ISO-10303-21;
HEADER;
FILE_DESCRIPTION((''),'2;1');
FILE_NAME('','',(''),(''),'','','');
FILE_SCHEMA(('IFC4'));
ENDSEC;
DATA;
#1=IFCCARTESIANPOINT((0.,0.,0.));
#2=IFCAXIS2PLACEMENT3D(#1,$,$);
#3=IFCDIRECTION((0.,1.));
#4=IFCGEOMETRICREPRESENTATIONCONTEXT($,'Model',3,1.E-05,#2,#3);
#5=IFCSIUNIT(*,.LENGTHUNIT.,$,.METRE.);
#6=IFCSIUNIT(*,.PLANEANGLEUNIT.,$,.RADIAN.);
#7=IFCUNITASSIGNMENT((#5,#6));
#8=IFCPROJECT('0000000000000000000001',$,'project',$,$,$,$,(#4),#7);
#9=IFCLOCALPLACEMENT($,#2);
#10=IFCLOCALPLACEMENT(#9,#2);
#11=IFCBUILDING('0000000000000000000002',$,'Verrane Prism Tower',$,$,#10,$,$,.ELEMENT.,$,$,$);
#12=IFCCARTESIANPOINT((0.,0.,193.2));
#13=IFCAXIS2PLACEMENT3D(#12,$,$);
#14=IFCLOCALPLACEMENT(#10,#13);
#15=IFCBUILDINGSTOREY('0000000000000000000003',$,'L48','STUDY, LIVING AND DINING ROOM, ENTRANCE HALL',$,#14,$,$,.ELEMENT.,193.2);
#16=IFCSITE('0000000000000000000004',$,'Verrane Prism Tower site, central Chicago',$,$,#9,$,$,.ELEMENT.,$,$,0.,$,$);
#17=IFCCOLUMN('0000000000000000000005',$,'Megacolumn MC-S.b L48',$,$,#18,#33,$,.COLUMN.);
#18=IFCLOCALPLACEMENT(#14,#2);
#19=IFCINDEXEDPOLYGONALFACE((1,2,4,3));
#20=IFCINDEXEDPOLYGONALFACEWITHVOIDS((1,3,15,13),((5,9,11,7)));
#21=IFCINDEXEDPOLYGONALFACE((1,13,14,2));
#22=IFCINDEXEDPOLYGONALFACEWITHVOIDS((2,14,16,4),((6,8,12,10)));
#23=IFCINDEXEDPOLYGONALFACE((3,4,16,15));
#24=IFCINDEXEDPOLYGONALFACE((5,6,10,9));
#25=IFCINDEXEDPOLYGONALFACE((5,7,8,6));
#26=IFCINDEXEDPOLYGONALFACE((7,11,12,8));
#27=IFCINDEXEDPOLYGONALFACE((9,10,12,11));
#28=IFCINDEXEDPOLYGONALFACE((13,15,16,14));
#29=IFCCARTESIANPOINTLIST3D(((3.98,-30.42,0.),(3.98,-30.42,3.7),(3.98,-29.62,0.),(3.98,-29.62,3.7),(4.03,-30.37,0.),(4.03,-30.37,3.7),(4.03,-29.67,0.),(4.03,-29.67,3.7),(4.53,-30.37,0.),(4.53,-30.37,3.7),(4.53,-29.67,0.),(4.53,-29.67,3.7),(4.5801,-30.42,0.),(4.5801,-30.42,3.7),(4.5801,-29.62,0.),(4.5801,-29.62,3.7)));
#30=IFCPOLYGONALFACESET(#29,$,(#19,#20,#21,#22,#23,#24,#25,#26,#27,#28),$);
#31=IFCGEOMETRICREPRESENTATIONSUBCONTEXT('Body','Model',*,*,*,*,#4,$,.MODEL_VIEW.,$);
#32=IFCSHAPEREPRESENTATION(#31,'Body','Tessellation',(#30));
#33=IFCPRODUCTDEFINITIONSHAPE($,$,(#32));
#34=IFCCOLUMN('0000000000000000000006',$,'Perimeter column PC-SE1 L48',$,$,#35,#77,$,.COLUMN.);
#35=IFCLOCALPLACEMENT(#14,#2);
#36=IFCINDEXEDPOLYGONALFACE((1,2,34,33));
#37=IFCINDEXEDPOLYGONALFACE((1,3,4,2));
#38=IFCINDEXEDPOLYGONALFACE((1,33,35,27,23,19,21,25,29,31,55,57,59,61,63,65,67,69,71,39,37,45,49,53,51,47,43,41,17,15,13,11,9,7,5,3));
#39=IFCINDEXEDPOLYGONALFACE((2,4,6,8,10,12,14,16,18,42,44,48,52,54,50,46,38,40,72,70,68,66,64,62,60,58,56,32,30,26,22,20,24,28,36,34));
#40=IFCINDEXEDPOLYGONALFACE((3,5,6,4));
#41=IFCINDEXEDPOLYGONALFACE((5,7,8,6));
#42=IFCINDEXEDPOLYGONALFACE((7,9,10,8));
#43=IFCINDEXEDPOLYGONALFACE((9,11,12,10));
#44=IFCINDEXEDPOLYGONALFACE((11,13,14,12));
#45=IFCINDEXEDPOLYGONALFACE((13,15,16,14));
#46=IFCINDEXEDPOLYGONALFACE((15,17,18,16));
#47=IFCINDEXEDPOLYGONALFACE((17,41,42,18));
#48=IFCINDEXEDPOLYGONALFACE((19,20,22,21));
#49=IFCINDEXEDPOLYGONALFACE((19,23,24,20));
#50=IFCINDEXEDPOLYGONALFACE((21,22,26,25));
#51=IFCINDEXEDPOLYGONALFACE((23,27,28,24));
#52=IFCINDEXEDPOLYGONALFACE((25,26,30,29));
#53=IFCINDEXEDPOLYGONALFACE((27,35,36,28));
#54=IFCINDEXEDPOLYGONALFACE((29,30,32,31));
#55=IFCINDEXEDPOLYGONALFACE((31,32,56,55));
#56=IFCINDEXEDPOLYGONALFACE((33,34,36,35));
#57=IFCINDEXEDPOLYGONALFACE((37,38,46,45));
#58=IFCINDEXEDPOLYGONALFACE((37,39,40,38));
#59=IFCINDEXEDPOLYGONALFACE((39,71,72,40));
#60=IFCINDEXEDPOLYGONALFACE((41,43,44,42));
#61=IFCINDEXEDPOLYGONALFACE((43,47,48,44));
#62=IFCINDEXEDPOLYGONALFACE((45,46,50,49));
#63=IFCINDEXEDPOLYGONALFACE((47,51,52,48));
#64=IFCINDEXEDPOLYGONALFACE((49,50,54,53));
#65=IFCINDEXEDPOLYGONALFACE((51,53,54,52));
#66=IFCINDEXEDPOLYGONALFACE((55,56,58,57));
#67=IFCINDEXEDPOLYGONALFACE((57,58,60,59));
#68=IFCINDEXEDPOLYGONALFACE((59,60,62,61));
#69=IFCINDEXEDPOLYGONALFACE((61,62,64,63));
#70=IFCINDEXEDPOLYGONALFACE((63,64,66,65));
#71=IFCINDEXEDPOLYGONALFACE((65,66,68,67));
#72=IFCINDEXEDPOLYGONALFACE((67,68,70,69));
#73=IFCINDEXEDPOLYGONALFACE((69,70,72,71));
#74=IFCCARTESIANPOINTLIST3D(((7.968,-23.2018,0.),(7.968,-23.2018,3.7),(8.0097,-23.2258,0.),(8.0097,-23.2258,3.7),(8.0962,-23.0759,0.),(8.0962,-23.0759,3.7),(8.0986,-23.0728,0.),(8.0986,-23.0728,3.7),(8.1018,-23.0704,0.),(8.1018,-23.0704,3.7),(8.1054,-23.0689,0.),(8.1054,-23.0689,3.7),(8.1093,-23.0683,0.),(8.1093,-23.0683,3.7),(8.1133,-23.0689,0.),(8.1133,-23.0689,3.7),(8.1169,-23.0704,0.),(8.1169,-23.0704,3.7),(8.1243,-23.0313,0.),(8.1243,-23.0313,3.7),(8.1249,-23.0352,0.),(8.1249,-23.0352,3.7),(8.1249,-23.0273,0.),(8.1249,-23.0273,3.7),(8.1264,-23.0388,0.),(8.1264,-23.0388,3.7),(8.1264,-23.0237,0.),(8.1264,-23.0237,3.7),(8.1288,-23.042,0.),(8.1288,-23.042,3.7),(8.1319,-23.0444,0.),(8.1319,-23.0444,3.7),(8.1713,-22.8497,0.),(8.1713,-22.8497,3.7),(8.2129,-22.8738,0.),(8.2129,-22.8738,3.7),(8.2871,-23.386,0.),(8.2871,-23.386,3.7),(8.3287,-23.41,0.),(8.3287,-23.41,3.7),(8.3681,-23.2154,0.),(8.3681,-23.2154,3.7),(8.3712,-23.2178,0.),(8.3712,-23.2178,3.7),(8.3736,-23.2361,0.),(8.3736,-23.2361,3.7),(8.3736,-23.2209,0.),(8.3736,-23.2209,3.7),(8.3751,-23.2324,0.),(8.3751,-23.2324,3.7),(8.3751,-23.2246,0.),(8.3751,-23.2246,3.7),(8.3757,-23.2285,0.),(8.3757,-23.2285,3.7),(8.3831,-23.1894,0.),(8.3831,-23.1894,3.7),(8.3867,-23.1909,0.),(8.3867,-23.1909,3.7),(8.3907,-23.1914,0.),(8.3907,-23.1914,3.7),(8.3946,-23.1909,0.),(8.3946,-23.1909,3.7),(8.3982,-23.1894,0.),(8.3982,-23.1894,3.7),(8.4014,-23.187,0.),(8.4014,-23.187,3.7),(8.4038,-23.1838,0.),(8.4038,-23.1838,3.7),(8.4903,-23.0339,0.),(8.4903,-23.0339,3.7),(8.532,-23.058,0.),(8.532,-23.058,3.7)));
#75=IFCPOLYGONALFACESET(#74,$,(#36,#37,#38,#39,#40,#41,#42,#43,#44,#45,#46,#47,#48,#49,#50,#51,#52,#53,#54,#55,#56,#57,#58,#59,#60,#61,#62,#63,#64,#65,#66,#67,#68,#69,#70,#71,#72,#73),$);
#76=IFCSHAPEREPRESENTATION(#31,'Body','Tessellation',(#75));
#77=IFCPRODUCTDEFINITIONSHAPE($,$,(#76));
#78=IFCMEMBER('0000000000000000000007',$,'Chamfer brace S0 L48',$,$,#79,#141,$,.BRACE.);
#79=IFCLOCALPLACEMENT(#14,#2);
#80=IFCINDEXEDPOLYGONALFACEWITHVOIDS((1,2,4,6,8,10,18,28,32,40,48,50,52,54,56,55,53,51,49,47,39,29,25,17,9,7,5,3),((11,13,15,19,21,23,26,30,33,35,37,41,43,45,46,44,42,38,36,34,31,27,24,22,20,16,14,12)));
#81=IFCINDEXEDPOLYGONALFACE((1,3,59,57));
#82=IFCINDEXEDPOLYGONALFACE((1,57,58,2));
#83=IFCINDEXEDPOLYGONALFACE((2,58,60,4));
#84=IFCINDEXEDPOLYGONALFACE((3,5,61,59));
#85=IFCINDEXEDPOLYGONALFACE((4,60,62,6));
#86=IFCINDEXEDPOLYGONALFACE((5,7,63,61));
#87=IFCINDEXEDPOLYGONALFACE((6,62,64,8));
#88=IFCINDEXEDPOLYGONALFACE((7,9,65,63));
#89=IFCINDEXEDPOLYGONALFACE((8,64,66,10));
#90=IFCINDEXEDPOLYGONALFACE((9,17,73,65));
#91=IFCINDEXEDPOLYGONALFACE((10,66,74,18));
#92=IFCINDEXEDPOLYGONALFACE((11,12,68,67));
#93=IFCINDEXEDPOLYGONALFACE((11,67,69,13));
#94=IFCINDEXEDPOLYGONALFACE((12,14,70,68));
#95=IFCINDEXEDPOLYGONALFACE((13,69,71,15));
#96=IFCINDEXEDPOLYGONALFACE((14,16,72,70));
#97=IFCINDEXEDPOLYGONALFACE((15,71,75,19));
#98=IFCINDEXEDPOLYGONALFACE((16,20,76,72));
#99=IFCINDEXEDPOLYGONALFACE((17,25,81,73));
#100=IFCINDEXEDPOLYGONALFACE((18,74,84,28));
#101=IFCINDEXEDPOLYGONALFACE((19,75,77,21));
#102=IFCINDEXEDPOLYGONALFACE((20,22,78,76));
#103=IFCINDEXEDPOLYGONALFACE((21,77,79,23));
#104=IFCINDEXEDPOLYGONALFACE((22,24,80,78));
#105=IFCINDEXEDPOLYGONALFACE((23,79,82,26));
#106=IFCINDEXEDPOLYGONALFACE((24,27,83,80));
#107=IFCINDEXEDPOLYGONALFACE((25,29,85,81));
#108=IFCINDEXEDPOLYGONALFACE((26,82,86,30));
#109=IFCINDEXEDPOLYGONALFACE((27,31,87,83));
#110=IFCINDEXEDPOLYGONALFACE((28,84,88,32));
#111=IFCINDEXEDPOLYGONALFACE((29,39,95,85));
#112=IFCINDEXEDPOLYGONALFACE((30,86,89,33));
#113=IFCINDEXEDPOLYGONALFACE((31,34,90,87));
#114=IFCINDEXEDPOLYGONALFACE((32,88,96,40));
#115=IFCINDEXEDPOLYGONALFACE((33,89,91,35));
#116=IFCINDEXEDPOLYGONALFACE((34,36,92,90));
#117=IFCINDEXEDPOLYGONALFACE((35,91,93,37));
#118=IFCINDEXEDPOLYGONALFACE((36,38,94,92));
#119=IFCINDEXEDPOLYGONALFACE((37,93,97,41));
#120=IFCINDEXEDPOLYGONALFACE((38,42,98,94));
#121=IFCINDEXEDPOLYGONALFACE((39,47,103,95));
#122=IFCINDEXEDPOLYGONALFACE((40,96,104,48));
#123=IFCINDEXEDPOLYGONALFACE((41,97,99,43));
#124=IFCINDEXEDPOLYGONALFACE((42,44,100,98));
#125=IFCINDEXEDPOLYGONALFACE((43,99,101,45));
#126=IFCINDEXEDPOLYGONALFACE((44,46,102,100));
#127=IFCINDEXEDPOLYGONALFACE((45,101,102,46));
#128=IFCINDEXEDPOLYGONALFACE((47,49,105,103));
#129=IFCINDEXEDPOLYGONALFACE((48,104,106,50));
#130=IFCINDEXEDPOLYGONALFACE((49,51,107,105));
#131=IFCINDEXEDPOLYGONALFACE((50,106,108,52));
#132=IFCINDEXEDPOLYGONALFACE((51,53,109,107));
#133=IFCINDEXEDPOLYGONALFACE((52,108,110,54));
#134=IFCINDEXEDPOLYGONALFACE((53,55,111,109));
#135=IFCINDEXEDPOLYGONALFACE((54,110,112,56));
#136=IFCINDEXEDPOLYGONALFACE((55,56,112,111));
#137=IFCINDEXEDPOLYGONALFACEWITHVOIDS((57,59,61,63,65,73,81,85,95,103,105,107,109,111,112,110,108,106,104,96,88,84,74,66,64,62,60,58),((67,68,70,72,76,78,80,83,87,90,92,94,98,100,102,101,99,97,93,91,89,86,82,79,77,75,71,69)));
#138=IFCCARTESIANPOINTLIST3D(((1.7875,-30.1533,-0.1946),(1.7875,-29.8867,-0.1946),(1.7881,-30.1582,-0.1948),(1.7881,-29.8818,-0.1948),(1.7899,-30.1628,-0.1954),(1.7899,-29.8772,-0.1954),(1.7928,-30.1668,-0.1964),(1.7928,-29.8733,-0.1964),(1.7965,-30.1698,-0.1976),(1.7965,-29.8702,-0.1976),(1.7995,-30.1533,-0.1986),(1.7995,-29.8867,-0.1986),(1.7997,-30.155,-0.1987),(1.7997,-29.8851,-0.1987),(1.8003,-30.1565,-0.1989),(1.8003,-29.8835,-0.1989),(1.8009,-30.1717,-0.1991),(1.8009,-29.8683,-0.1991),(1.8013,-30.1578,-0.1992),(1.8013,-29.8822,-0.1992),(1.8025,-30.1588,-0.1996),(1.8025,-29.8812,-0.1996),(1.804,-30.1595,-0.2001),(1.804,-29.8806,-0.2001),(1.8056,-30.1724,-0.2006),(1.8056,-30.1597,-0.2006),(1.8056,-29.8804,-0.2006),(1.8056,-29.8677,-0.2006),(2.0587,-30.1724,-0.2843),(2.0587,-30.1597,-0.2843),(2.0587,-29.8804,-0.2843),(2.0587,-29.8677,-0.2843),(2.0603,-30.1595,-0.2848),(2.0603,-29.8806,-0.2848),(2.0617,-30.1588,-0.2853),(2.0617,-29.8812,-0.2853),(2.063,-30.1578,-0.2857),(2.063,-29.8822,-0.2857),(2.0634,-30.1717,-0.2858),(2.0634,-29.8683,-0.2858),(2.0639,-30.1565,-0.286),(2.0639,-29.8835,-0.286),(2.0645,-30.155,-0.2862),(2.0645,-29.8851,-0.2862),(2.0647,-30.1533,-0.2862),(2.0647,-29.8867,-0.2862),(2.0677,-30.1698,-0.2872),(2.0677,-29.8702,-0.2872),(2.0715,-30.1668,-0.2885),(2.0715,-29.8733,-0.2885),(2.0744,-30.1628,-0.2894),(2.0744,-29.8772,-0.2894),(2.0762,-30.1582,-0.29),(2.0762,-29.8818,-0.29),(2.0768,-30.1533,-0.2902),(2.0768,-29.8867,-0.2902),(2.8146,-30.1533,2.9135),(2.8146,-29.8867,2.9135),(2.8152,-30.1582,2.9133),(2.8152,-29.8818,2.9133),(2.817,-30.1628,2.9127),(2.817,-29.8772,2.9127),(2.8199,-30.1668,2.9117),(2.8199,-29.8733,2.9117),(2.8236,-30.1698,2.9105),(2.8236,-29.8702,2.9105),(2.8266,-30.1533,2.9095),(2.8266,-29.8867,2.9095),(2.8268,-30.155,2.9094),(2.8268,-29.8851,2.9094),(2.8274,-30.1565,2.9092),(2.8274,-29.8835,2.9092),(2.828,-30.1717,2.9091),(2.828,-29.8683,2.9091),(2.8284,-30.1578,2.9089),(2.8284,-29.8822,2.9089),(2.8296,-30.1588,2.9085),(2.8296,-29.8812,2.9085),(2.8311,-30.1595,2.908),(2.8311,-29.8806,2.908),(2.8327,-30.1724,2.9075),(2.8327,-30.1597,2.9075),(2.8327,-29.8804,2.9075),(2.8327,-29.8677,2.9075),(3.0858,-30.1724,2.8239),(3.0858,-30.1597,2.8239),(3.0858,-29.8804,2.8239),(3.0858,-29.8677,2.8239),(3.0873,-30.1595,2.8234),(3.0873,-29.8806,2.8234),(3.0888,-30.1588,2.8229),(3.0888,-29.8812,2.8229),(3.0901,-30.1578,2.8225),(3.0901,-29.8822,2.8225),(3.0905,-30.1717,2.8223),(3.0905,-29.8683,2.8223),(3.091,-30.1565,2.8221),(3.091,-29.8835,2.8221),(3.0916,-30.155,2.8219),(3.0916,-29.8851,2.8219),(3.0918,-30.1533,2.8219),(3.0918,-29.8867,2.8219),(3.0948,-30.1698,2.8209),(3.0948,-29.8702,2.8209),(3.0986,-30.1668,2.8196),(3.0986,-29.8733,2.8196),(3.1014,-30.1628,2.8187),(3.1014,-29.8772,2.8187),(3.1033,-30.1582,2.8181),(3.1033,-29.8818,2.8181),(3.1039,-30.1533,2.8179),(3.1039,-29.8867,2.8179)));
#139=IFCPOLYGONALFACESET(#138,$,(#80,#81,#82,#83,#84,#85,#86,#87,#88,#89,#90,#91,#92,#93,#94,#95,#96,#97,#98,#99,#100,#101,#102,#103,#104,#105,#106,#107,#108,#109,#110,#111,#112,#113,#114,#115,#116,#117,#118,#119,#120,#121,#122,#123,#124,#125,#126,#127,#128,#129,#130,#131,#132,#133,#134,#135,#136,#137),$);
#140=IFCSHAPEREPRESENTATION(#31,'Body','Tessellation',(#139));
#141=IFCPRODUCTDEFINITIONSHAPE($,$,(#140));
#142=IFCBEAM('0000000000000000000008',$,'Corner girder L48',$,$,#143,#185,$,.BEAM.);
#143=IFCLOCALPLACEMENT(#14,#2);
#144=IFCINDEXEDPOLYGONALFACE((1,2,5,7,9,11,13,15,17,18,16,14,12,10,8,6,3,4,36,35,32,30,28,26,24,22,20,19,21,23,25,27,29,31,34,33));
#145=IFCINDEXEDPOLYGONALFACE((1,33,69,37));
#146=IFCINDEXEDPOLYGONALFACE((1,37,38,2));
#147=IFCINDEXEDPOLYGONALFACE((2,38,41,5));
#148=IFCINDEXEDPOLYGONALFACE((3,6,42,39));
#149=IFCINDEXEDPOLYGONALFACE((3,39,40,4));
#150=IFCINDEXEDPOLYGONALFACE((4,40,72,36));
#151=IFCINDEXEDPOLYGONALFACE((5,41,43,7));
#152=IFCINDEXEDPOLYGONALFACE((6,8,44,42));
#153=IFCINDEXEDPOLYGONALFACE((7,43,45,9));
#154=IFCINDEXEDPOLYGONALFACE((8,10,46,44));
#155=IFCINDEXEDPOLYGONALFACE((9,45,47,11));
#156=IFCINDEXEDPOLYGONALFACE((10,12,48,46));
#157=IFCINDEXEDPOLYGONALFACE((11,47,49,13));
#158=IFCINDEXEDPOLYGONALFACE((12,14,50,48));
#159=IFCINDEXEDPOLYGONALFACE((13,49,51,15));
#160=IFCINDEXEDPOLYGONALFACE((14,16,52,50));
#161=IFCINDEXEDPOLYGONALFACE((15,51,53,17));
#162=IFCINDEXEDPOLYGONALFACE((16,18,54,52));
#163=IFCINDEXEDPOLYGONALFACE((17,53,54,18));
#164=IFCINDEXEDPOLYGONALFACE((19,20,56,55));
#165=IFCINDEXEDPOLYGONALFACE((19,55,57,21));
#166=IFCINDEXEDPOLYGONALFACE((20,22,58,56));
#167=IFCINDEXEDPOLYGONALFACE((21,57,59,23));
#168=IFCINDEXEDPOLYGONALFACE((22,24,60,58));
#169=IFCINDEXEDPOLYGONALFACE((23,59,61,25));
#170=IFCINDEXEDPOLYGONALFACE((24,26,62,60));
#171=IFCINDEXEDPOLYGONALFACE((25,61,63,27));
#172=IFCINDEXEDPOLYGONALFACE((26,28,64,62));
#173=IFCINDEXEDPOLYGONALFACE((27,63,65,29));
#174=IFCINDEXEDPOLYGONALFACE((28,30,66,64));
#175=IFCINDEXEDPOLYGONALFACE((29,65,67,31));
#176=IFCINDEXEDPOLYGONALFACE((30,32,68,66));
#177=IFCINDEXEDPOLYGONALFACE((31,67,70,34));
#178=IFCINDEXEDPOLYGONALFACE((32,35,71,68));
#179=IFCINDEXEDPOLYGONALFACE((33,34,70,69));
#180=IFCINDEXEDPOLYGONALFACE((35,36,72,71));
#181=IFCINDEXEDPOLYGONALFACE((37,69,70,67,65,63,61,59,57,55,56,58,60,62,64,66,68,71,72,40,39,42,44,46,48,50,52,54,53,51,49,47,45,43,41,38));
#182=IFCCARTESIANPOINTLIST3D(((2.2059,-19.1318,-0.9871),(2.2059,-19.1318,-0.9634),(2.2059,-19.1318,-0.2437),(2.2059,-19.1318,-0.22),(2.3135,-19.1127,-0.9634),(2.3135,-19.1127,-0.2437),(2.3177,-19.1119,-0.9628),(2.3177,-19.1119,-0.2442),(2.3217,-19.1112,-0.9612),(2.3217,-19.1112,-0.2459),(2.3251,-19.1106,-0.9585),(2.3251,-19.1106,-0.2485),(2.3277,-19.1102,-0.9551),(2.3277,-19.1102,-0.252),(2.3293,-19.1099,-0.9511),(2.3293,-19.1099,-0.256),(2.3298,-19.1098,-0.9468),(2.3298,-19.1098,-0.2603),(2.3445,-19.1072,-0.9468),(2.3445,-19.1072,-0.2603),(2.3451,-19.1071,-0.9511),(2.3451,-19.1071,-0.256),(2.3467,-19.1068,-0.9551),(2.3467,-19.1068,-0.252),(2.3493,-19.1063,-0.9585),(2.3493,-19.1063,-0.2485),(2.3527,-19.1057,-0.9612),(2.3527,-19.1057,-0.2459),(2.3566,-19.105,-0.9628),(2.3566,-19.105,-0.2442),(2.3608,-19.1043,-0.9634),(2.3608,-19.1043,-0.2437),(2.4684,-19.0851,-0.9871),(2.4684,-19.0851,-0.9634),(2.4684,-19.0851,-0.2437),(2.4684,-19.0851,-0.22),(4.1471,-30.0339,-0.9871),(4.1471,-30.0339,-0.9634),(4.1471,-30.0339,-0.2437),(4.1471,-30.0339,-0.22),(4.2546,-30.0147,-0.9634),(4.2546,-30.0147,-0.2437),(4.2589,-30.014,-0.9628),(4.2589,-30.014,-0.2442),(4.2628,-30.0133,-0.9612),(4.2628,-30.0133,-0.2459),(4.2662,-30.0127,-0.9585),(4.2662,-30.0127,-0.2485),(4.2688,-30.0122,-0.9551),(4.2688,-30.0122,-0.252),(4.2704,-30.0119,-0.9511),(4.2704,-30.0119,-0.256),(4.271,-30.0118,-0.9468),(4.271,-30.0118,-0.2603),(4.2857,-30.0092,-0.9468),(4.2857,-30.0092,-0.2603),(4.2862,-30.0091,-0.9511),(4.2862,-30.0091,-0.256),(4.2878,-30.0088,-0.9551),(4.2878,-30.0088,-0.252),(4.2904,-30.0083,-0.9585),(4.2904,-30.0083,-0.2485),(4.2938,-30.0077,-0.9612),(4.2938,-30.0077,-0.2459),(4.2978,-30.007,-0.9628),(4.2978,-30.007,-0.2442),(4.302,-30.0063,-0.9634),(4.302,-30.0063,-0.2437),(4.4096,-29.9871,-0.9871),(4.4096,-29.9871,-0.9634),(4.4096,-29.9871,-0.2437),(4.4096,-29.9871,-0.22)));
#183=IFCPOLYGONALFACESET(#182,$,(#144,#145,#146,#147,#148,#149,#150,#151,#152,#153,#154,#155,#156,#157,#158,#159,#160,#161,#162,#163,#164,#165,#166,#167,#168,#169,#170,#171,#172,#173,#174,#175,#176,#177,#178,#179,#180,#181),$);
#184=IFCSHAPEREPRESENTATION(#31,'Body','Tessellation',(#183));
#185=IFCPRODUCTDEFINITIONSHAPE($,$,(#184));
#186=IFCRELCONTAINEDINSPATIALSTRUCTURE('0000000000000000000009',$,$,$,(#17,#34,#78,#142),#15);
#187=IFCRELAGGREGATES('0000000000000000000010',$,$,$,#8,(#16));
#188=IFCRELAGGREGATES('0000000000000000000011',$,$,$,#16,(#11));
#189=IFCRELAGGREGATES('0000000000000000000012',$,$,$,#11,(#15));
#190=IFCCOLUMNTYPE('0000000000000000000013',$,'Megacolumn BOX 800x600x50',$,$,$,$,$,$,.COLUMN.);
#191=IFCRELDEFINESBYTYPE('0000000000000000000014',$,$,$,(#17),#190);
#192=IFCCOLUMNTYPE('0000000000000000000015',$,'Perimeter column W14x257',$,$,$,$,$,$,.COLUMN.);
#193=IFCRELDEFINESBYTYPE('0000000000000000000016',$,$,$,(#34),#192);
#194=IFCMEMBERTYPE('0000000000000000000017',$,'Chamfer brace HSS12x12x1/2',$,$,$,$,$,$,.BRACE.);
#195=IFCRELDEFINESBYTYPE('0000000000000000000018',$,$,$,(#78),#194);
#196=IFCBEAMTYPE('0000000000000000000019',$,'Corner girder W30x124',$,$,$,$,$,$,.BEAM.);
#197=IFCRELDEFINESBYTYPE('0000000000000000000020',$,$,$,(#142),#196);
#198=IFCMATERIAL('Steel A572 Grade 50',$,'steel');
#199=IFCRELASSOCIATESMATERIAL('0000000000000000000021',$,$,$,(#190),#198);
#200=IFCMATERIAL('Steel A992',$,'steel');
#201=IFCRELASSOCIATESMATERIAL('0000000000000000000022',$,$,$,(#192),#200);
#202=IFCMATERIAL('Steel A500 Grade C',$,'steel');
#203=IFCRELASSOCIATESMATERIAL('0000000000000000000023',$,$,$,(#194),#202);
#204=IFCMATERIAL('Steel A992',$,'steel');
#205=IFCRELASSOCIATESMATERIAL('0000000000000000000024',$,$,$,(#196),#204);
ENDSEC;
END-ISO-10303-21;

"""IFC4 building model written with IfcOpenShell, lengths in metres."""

from ifc_helpers import new_model, si_unit, direction, frame, origin, origin_2d, place, context, subcontext, project, spatial, hollow_rectangle, i_section, extrude, material, material_profile, profile_set, type_object, element, save


model = new_model("IFC4")

# Units and contexts
model_context = context("Model", 3, precision=1e-05, world=origin(), true_north=direction((0.0, 1.0)))
body_context = subcontext(model_context, "Body", "Model", "MODEL_VIEW")
ifc_project = project(units=[si_unit("LENGTHUNIT", "METRE"), si_unit("PLANEANGLEUNIT", "RADIAN")], contexts=[model_context])

# Site, building, storey
site_placement = place(None, origin())
site = spatial("IfcSite", under=ifc_project, at=site_placement, Name="Verrane Prism Tower site, central Chicago", CompositionType="ELEMENT", RefElevation=0.0)
building_placement = place(site_placement, origin())
building = spatial("IfcBuilding", under=site, at=building_placement, Name="Verrane Prism Tower", CompositionType="ELEMENT")
storey_placement = place(building_placement, frame((0.0, 0.0, 193.2)))
storey = spatial("IfcBuildingStorey", under=building, at=storey_placement, Name="L48", Description="STUDY, LIVING AND DINING ROOM, ENTRANCE HALL", CompositionType="ELEMENT", Elevation=193.2)

# Columns
ifc_material_1 = material(Name="Steel A572 Grade 50", Category="steel")
ifc_material_profile_1 = material_profile(ifc_material_1, hollow_rectangle(XDim=0.6001, YDim=0.8, WallThickness=0.05, at=origin_2d()), Name="BOX 800x600x50")
ifc_profile_set_1 = profile_set([ifc_material_profile_1], Name="Steel A572 Grade 50")
column_type_1 = type_object("IfcColumnType", Name="Megacolumn BOX 800x600x50", PredefinedType="COLUMN", material=ifc_profile_set_1)
column_1_placement = place(storey_placement, frame((4.28, -30.02, 0.0), z_axis=(0.0, 0.0, 1.0), x_axis=(-1.0, 0.0, 0.0)))
element("IfcColumn", 1, at=column_1_placement, inside=storey, type_object=column_type_1, Name="Megacolumn MC-S.b L48", PredefinedType="COLUMN", context=body_context, shape_type="SweptSolid", body=[
    extrude(hollow_rectangle(XDim=0.6001, YDim=0.8, WallThickness=0.05, at=origin_2d()), origin(), (0.0, 0.0, 1.0), 3.7),
])
ifc_material_2 = material(Name="Steel A992", Category="steel")
ifc_material_profile_2 = material_profile(ifc_material_2, i_section(OverallWidth=0.4065, OverallDepth=0.4165, WebThickness=0.03, FlangeThickness=0.0481, FilletRadius=0.0151, at=origin_2d()), Name="W14x257")
ifc_profile_set_2 = profile_set([ifc_material_profile_2], Name="Steel A992")
column_type_2 = type_object("IfcColumnType", Name="Perimeter column W14x257", PredefinedType="COLUMN", material=ifc_profile_set_2)
column_2_placement = place(storey_placement, frame((8.25, -23.1299, 0.0), z_axis=(0.0, 0.0, 1.0), x_axis=(-0.5, -0.866025, 0.0)))
element("IfcColumn", 2, at=column_2_placement, inside=storey, type_object=column_type_2, Name="Perimeter column PC-SE1 L48", PredefinedType="COLUMN", context=body_context, shape_type="SweptSolid", body=[
    extrude(i_section(OverallWidth=0.4065, OverallDepth=0.4165, WebThickness=0.03, FlangeThickness=0.0481, FilletRadius=0.0151, at=origin_2d()), origin(), (0.0, 0.0, 1.0), 3.7),
])

# Member
ifc_material_3 = material(Name="Steel A500 Grade C", Category="steel")
ifc_material_profile_3 = material_profile(ifc_material_3, hollow_rectangle(XDim=0.3047, YDim=0.3047, WallThickness=0.0127, InnerFilletRadius=0.0063, OuterFilletRadius=0.019, at=origin_2d()), Name="HSS12x12x1/2")
ifc_profile_set_3 = profile_set([ifc_material_profile_3], Name="Steel A500 Grade C")
member_type_1 = type_object("IfcMemberType", Name="Chamfer brace HSS12x12x1/2", PredefinedType="BRACE", material=ifc_profile_set_3)
member_1_placement = place(storey_placement, frame((1.9321, -30.02, -0.2424), z_axis=(0.313766, 0.0, 0.949501), x_axis=(0.0, 1.0, 0.0)))
element("IfcMember", 3, at=member_1_placement, inside=storey, type_object=member_type_1, Name="Chamfer brace S0 L48", PredefinedType="BRACE", context=body_context, shape_type="SweptSolid", body=[
    extrude(hollow_rectangle(XDim=0.3047, YDim=0.3047, WallThickness=0.0127, InnerFilletRadius=0.0063, OuterFilletRadius=0.019, at=origin_2d()), origin(), (0.0, 0.0, 1.0), 3.2734),
])

# Beam
ifc_material_4 = material(Name="Steel A992", Category="steel")
ifc_material_profile_4 = material_profile(ifc_material_4, i_section(OverallWidth=0.2666, OverallDepth=0.7671, WebThickness=0.0149, FlangeThickness=0.0237, FilletRadius=0.0166, at=origin_2d()), Name="W30x124")
ifc_profile_set_4 = profile_set([ifc_material_profile_4], Name="Steel A992")
beam_type_1 = type_object("IfcBeamType", Name="Corner girder W30x124", PredefinedType="BEAM", material=ifc_profile_set_4)
beam_1_placement = place(storey_placement, frame((4.2783, -30.0105, -0.6035), z_axis=(-0.175297, 0.984516, 0.0), x_axis=(-0.984516, -0.175297, 0.0)))
element("IfcBeam", 4, at=beam_1_placement, inside=storey, type_object=beam_type_1, Name="Corner girder L48", PredefinedType="BEAM", context=body_context, shape_type="SweptSolid", body=[
    extrude(i_section(OverallWidth=0.2666, OverallDepth=0.7671, WebThickness=0.0149, FlangeThickness=0.0237, FilletRadius=0.0166, at=origin_2d()), origin(), (0.0, 0.0, 1.0), 11.0735),
])

save(model, "model.ifc")
